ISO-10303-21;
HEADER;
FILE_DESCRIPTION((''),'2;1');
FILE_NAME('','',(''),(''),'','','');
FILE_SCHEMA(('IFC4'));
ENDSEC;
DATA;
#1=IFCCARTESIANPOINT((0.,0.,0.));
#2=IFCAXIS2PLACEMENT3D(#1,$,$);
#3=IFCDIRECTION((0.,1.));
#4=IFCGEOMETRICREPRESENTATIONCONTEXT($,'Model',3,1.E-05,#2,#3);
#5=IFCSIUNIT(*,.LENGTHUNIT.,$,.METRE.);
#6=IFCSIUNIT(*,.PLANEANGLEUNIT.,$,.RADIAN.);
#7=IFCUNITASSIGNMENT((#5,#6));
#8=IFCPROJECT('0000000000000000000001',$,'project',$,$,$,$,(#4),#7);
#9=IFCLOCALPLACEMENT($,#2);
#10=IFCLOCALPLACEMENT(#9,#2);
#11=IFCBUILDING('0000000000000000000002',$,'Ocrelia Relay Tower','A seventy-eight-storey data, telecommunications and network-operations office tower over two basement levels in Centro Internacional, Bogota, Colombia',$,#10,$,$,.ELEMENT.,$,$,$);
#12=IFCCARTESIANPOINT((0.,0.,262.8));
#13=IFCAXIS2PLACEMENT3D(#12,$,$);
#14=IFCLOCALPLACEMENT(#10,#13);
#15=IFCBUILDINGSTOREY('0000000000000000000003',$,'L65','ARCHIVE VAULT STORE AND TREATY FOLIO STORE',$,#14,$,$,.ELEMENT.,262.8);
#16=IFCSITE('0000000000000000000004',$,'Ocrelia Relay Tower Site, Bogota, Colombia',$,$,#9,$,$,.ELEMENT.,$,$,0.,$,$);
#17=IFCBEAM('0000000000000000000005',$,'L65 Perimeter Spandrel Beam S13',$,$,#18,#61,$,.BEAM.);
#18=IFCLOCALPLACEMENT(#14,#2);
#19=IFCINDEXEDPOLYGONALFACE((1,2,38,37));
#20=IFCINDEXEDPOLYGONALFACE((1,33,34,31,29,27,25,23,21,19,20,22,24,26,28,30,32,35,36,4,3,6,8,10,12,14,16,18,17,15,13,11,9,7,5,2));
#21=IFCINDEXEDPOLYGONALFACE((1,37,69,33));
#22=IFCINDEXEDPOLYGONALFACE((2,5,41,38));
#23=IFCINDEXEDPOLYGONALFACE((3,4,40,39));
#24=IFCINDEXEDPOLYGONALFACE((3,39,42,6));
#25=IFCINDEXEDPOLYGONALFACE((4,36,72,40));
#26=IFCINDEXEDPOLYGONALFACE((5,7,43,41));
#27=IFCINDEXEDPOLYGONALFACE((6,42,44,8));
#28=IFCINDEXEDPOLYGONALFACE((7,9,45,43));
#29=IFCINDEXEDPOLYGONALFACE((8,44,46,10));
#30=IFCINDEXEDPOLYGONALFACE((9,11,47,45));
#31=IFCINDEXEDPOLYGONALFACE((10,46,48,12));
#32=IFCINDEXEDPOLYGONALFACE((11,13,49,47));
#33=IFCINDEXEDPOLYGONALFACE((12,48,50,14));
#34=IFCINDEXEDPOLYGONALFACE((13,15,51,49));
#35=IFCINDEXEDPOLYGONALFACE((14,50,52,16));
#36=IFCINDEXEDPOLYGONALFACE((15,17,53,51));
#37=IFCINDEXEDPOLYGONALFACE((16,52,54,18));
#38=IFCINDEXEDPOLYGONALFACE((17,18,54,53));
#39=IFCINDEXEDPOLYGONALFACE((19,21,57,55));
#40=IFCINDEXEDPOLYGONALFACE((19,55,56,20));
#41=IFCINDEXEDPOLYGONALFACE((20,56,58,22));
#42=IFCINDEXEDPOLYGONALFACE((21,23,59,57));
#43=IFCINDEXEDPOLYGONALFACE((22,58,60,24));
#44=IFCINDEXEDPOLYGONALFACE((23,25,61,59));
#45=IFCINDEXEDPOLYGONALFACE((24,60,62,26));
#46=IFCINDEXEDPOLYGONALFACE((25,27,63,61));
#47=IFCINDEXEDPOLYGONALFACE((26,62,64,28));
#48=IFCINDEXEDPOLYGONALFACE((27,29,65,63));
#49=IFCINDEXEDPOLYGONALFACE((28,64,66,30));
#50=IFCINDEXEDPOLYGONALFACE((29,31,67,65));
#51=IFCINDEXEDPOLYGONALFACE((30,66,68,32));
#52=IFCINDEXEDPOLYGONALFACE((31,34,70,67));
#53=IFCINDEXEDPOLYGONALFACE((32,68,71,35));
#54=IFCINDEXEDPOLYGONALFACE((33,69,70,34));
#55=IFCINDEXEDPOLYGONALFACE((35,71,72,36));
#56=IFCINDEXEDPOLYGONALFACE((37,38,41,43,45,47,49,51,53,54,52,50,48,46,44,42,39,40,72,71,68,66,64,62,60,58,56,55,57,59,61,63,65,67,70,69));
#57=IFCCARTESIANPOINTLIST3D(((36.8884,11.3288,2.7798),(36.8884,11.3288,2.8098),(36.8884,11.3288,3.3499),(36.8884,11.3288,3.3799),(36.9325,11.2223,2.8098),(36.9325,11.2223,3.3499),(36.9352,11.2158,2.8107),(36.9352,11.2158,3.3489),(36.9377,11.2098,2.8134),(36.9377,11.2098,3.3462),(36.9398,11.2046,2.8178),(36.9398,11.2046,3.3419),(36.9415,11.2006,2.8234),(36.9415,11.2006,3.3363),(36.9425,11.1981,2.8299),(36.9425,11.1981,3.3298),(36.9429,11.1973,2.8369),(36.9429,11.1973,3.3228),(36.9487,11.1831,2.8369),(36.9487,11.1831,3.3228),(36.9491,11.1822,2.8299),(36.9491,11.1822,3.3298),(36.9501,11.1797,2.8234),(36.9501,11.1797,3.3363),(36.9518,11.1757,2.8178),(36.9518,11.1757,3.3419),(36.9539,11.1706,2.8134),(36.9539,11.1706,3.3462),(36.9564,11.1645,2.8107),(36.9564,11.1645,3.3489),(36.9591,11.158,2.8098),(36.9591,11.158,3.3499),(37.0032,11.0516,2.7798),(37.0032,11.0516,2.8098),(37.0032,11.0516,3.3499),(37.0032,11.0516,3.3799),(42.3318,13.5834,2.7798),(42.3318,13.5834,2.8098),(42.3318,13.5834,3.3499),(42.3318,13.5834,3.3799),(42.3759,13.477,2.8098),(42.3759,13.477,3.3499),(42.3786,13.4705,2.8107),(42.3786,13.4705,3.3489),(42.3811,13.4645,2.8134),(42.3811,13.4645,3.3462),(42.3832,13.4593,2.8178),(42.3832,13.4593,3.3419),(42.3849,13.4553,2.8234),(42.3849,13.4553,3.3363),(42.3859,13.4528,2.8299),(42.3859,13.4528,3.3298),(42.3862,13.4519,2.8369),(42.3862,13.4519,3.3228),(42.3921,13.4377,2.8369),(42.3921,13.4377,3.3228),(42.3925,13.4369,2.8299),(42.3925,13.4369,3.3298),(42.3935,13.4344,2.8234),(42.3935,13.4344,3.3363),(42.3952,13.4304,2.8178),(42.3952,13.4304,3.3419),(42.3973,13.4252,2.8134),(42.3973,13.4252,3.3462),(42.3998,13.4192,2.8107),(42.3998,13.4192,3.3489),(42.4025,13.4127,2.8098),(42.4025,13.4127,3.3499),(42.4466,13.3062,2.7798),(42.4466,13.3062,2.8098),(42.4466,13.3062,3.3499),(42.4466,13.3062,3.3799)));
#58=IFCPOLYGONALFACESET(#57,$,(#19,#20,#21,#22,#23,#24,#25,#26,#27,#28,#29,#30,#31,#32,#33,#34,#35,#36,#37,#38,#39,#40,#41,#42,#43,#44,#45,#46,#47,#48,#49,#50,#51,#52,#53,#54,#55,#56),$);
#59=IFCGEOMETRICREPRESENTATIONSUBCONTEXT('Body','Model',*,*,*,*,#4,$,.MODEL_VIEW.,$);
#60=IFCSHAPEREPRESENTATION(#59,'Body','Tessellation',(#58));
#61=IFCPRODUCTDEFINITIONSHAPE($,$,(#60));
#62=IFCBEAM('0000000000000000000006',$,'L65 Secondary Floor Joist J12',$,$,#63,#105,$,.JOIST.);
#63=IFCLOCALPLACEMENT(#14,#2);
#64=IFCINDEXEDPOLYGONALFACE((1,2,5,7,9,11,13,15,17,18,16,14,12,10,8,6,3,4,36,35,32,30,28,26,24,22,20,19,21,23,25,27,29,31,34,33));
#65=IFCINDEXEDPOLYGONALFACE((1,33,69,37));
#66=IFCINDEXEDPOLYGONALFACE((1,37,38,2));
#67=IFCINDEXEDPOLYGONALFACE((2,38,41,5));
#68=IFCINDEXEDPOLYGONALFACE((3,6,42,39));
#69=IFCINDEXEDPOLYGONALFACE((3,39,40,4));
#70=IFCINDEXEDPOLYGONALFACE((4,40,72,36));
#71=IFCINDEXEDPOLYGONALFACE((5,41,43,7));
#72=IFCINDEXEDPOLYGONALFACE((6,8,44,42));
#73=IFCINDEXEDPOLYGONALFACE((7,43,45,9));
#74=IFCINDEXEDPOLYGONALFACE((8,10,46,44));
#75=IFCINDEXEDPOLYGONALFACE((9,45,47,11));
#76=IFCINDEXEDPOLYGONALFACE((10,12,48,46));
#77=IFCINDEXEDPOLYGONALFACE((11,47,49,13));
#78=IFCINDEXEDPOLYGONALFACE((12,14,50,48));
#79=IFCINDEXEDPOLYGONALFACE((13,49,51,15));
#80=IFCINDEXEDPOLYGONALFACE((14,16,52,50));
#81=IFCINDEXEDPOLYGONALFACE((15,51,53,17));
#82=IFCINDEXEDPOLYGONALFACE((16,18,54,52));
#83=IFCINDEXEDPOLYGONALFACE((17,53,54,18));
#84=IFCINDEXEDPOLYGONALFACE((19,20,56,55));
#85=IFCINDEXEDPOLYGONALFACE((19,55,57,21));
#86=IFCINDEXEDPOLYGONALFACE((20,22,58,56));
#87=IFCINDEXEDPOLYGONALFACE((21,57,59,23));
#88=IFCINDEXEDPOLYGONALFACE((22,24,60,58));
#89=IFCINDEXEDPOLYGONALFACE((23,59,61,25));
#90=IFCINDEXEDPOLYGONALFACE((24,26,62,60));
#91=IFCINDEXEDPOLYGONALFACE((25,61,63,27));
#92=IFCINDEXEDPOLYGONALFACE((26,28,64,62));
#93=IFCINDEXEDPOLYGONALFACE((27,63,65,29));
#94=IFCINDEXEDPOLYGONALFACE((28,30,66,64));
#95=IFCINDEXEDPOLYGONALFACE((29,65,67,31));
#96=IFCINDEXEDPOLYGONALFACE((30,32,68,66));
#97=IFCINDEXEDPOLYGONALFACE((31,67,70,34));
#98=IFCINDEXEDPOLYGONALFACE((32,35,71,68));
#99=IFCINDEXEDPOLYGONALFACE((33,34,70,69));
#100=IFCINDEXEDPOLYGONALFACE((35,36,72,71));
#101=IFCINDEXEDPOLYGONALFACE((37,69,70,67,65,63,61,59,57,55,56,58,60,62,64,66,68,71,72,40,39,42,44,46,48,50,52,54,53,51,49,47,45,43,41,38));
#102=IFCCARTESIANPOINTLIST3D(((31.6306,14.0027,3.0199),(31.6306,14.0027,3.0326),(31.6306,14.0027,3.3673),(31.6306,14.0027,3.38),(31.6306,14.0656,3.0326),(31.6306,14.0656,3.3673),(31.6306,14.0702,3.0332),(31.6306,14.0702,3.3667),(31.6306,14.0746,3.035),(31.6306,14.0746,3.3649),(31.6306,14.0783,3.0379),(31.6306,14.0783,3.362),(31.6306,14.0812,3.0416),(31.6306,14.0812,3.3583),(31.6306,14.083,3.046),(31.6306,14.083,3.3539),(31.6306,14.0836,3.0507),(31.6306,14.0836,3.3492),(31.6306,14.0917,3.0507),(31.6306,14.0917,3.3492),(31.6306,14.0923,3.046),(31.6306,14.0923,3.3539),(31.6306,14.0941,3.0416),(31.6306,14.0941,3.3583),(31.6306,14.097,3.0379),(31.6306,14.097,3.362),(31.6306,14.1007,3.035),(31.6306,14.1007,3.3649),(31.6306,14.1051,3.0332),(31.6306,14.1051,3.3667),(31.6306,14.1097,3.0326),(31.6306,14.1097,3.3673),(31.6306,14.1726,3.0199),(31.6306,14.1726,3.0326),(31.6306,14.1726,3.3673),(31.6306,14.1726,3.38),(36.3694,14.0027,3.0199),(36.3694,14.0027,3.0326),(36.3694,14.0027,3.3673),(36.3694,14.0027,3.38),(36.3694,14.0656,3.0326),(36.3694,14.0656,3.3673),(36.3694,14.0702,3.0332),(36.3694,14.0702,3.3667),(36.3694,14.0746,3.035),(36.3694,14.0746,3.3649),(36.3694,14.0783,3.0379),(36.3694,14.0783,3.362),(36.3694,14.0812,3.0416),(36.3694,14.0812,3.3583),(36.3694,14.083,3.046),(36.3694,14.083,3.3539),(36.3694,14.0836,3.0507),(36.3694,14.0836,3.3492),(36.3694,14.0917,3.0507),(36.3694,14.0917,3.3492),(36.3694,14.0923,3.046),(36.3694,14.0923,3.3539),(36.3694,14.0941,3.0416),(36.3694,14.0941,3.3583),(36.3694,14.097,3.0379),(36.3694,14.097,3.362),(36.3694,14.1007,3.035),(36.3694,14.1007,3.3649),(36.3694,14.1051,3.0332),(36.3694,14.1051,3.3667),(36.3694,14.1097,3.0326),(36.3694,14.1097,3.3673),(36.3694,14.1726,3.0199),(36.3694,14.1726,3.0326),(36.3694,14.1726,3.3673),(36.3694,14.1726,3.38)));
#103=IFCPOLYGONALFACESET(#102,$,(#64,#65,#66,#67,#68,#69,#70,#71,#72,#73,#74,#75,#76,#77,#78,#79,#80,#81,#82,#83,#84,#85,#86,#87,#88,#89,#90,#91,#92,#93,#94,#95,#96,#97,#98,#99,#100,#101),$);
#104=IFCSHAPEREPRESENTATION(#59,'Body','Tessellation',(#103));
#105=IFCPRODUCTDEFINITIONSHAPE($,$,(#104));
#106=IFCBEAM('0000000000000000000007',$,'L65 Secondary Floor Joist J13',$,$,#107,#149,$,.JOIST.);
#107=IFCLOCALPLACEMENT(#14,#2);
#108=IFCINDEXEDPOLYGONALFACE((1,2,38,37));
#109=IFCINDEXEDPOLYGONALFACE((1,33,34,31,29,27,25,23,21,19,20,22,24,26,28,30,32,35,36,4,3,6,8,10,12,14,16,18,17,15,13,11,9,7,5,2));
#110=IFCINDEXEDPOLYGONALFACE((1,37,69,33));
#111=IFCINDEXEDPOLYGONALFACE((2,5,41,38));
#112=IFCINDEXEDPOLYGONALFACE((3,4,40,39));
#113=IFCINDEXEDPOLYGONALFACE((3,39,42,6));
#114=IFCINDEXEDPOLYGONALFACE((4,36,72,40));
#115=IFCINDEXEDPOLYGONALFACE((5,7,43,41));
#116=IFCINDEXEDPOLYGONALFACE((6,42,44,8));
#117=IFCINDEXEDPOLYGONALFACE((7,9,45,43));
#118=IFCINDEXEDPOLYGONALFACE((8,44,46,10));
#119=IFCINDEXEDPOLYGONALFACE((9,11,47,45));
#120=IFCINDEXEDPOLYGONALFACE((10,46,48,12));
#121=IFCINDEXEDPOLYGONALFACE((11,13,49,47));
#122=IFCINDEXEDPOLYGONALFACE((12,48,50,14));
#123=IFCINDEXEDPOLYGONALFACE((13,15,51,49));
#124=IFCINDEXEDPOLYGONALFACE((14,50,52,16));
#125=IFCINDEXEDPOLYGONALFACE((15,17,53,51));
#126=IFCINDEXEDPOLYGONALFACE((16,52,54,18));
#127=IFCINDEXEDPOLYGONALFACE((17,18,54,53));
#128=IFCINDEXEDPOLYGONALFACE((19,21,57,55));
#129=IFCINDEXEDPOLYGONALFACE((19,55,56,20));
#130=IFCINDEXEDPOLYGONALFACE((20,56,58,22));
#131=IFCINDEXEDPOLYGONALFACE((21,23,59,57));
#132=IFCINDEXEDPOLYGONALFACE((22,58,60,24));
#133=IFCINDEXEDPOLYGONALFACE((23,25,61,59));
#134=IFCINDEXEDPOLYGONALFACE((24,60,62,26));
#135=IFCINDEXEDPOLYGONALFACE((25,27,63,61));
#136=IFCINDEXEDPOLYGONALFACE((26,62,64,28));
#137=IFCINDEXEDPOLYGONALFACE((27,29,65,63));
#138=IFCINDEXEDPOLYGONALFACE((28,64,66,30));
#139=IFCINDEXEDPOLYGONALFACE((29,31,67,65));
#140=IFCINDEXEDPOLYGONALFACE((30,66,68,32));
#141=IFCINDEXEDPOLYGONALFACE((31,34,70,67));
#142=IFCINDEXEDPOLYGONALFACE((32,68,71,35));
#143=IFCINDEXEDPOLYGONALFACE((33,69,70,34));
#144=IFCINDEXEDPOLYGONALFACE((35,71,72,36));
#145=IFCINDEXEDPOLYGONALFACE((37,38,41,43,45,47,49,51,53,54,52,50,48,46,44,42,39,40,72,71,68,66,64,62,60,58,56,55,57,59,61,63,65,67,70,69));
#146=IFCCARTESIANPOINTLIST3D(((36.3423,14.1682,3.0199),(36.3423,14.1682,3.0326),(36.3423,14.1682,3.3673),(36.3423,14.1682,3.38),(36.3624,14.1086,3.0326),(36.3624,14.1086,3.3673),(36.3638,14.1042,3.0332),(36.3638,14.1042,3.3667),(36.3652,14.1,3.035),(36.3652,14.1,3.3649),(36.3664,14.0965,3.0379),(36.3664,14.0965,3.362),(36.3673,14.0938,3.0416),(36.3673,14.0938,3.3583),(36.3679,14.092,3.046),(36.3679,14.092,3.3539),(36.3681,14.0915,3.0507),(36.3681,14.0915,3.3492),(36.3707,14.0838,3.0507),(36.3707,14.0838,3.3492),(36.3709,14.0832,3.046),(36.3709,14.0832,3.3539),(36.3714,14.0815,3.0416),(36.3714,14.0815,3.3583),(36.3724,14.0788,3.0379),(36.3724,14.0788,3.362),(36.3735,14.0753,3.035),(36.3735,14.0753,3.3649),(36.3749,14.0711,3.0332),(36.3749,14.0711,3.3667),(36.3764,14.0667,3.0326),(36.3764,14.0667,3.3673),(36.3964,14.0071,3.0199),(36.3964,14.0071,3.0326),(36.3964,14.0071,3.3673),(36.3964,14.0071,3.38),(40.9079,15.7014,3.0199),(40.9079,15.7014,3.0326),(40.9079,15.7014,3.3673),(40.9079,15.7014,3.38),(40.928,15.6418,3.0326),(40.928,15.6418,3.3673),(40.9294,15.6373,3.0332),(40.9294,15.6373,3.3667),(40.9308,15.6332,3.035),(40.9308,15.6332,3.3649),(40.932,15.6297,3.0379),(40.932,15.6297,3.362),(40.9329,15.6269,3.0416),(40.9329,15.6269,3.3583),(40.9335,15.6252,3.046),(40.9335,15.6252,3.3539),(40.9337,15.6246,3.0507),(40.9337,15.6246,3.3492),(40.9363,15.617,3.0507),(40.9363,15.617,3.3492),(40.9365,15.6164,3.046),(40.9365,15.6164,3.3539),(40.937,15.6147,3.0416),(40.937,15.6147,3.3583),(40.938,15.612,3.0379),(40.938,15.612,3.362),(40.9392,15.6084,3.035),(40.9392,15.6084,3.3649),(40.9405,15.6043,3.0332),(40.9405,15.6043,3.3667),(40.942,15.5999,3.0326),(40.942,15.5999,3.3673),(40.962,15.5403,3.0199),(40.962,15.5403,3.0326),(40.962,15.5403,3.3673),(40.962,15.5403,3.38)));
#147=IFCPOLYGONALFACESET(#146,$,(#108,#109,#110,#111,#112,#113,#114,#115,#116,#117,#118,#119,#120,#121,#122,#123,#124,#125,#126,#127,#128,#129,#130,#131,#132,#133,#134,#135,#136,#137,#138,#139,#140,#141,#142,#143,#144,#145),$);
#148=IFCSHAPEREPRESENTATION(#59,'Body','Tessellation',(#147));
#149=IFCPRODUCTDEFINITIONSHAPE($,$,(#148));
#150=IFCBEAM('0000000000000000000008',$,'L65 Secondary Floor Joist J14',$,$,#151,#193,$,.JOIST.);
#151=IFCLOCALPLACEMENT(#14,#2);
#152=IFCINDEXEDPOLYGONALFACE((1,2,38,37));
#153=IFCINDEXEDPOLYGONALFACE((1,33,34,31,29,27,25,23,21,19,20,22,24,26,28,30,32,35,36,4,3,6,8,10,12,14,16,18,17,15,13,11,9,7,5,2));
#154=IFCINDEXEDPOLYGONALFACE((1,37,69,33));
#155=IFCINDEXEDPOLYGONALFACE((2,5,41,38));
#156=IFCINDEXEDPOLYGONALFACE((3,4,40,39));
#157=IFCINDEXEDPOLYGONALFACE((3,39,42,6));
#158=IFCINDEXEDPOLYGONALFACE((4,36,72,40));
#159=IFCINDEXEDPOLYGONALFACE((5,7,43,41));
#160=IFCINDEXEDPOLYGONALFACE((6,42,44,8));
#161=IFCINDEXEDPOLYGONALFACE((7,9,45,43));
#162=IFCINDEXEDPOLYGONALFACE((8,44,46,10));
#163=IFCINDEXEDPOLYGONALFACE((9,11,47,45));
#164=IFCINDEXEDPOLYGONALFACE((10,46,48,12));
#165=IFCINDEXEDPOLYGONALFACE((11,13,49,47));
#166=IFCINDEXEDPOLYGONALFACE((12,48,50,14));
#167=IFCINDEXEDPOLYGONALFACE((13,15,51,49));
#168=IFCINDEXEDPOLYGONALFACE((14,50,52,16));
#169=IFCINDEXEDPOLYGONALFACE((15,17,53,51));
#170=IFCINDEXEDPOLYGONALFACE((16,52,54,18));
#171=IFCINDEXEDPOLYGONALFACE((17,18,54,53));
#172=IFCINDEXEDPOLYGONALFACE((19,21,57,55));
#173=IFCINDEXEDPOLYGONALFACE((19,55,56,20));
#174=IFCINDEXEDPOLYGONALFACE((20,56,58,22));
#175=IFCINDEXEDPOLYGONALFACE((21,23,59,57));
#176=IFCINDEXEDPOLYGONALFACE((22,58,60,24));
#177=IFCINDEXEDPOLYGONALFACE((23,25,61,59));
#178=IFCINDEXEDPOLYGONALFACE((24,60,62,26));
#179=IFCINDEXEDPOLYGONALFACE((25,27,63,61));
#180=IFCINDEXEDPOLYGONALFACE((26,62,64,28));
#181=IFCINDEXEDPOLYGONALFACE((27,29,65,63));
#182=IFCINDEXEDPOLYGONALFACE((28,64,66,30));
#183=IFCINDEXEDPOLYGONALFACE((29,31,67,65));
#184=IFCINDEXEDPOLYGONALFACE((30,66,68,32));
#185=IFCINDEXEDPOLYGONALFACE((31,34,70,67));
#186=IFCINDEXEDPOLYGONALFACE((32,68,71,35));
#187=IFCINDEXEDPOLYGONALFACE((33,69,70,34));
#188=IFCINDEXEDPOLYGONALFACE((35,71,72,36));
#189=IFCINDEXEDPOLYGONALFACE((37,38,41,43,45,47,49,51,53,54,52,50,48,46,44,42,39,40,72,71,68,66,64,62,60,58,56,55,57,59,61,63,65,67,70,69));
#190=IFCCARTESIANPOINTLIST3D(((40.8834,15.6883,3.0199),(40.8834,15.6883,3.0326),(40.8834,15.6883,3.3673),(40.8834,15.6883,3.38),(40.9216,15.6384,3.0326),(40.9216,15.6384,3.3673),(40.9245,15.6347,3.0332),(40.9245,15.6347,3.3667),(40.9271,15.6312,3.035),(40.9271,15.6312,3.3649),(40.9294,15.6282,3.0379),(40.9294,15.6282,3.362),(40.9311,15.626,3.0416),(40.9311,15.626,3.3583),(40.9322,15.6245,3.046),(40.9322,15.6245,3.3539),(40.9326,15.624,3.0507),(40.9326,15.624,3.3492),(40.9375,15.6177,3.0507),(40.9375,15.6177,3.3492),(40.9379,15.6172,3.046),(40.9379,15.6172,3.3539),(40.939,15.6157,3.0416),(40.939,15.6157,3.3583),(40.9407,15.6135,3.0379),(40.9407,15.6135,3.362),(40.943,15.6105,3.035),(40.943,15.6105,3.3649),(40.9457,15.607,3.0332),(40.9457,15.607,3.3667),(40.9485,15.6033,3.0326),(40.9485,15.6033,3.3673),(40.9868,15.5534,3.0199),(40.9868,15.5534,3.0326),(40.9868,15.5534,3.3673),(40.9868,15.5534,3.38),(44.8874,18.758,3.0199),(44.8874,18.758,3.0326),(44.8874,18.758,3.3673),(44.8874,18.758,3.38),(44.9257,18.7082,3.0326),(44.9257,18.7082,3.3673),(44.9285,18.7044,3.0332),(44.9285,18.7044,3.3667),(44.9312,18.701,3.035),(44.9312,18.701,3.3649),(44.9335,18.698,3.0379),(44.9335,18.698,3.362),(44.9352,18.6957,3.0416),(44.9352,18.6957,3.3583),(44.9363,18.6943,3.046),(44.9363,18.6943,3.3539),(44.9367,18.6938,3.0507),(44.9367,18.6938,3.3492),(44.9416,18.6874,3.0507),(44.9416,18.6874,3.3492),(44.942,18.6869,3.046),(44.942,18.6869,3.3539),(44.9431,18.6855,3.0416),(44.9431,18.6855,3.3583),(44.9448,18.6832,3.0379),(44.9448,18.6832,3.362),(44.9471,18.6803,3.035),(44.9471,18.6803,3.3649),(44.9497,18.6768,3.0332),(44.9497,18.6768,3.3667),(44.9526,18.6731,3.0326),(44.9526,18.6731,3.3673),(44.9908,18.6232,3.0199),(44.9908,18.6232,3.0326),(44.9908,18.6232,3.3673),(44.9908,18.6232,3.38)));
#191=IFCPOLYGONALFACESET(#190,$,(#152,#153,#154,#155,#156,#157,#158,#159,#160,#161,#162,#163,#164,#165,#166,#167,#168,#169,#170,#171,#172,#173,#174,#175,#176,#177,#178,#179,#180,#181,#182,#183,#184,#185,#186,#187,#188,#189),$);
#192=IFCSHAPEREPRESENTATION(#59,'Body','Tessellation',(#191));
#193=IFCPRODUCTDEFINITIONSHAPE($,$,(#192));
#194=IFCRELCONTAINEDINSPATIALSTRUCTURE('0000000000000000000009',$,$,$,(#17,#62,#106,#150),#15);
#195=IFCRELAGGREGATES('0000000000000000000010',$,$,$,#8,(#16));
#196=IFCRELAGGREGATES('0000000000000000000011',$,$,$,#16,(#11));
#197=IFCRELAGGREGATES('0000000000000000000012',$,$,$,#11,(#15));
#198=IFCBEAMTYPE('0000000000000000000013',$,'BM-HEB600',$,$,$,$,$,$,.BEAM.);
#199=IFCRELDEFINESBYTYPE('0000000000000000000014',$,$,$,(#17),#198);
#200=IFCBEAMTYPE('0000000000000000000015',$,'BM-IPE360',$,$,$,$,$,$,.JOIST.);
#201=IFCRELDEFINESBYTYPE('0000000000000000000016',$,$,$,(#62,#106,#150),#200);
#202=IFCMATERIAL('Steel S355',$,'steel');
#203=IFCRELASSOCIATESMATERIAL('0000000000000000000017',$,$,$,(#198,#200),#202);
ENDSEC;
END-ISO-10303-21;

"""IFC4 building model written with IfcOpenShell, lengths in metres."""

from ifc_helpers import new_model, si_unit, direction, frame, origin, origin_2d, place, context, subcontext, project, spatial, i_section, extrude, material, material_profile, profile_set, type_object, element, save


model = new_model("IFC4")

# Units and contexts
model_context = context("Model", 3, precision=1e-05, world=origin(), true_north=direction((0.0, 1.0)))
body_context = subcontext(model_context, "Body", "Model", "MODEL_VIEW")
ifc_project = project(units=[si_unit("LENGTHUNIT", "METRE"), si_unit("PLANEANGLEUNIT", "RADIAN")], contexts=[model_context])

# Site, building, storey
site_placement = place(None, origin())
site = spatial("IfcSite", under=ifc_project, at=site_placement, Name="Ocrelia Relay Tower Site, Bogota, Colombia", CompositionType="ELEMENT", RefElevation=0.0)
building_placement = place(site_placement, origin())
building = spatial("IfcBuilding", under=site, at=building_placement, Name="Ocrelia Relay Tower", Description="A seventy-eight-storey data, telecommunications and network-operations office tower over two basement levels in Centro Internacional, Bogota, Colombia", CompositionType="ELEMENT")
storey_placement = place(building_placement, frame((0.0, 0.0, 262.8)))
storey = spatial("IfcBuildingStorey", under=building, at=storey_placement, Name="L65", Description="ARCHIVE VAULT STORE AND TREATY FOLIO STORE", CompositionType="ELEMENT", Elevation=262.8)

# Beams
ifc_material_1 = material(Name="Steel S355", Category="steel")
ifc_material_profile_1 = material_profile(ifc_material_1, i_section(OverallWidth=0.3, OverallDepth=0.6001, WebThickness=0.0154, FlangeThickness=0.03, FilletRadius=0.0271, at=origin_2d()), Name="HEB 600")
ifc_profile_set_1 = profile_set([ifc_material_profile_1], Name="Steel S355")
beam_type_1 = type_object("IfcBeamType", Name="BM-HEB600", PredefinedType="BEAM", material=ifc_profile_set_1)
beam_1_placement = place(storey_placement, frame((36.9458, 11.1902, 3.0798), z_axis=(0.923884, 0.382673, 0.0), x_axis=(-0.382673, 0.923884, 0.0)))
element("IfcBeam", 1, at=beam_1_placement, inside=storey, type_object=beam_type_1, Name="L65 Perimeter Spandrel Beam S13", PredefinedType="BEAM", context=body_context, shape_type="SweptSolid", body=[
    extrude(i_section(OverallWidth=0.3, OverallDepth=0.6001, WebThickness=0.0154, FlangeThickness=0.03, FilletRadius=0.0271, at=origin_2d()), origin(), (0.0, 0.0, 1.0), 5.8918),
])
ifc_material_profile_2 = material_profile(ifc_material_1, i_section(OverallWidth=0.1699, OverallDepth=0.3601, WebThickness=0.0081, FlangeThickness=0.0127, FilletRadius=0.0181, at=origin_2d()), Name="IPE 360")
ifc_profile_set_2 = profile_set([ifc_material_profile_2], Name="Steel S355")
beam_type_2 = type_object("IfcBeamType", Name="BM-IPE360", PredefinedType="JOIST", material=ifc_profile_set_2)
beam_2_placement = place(storey_placement, frame((31.6306, 14.0876, 3.2), z_axis=(1.0, 0.0, 0.0), x_axis=(0.0, 1.0, 0.0)))
element("IfcBeam", 2, at=beam_2_placement, inside=storey, type_object=beam_type_2, Name="L65 Secondary Floor Joist J12", PredefinedType="JOIST", context=body_context, shape_type="SweptSolid", body=[
    extrude(i_section(OverallWidth=0.1699, OverallDepth=0.3601, WebThickness=0.0081, FlangeThickness=0.0127, FilletRadius=0.0181, at=origin_2d()), origin(), (0.0, 0.0, 1.0), 4.7388),
])
beam_3_placement = place(storey_placement, frame((36.3694, 14.0876, 3.2), z_axis=(0.947976, 0.318341, 0.0), x_axis=(-0.318341, 0.947976, 0.0)))
element("IfcBeam", 3, at=beam_3_placement, inside=storey, type_object=beam_type_2, Name="L65 Secondary Floor Joist J13", PredefinedType="JOIST", context=body_context, shape_type="SweptSolid", body=[
    extrude(i_section(OverallWidth=0.1699, OverallDepth=0.3601, WebThickness=0.0081, FlangeThickness=0.0127, FilletRadius=0.0181, at=origin_2d()), origin(), (0.0, 0.0, 1.0), 4.8162),
])
beam_4_placement = place(storey_placement, frame((40.9351, 15.6208, 3.2), z_axis=(0.793609, 0.608428, 0.0), x_axis=(-0.608428, 0.793609, 0.0)))
element("IfcBeam", 4, at=beam_4_placement, inside=storey, type_object=beam_type_2, Name="L65 Secondary Floor Joist J14", PredefinedType="JOIST", context=body_context, shape_type="SweptSolid", body=[
    extrude(i_section(OverallWidth=0.1699, OverallDepth=0.3601, WebThickness=0.0081, FlangeThickness=0.0127, FilletRadius=0.0181, at=origin_2d()), origin(), (0.0, 0.0, 1.0), 5.0454),
])

save(model, "model.ifc")
